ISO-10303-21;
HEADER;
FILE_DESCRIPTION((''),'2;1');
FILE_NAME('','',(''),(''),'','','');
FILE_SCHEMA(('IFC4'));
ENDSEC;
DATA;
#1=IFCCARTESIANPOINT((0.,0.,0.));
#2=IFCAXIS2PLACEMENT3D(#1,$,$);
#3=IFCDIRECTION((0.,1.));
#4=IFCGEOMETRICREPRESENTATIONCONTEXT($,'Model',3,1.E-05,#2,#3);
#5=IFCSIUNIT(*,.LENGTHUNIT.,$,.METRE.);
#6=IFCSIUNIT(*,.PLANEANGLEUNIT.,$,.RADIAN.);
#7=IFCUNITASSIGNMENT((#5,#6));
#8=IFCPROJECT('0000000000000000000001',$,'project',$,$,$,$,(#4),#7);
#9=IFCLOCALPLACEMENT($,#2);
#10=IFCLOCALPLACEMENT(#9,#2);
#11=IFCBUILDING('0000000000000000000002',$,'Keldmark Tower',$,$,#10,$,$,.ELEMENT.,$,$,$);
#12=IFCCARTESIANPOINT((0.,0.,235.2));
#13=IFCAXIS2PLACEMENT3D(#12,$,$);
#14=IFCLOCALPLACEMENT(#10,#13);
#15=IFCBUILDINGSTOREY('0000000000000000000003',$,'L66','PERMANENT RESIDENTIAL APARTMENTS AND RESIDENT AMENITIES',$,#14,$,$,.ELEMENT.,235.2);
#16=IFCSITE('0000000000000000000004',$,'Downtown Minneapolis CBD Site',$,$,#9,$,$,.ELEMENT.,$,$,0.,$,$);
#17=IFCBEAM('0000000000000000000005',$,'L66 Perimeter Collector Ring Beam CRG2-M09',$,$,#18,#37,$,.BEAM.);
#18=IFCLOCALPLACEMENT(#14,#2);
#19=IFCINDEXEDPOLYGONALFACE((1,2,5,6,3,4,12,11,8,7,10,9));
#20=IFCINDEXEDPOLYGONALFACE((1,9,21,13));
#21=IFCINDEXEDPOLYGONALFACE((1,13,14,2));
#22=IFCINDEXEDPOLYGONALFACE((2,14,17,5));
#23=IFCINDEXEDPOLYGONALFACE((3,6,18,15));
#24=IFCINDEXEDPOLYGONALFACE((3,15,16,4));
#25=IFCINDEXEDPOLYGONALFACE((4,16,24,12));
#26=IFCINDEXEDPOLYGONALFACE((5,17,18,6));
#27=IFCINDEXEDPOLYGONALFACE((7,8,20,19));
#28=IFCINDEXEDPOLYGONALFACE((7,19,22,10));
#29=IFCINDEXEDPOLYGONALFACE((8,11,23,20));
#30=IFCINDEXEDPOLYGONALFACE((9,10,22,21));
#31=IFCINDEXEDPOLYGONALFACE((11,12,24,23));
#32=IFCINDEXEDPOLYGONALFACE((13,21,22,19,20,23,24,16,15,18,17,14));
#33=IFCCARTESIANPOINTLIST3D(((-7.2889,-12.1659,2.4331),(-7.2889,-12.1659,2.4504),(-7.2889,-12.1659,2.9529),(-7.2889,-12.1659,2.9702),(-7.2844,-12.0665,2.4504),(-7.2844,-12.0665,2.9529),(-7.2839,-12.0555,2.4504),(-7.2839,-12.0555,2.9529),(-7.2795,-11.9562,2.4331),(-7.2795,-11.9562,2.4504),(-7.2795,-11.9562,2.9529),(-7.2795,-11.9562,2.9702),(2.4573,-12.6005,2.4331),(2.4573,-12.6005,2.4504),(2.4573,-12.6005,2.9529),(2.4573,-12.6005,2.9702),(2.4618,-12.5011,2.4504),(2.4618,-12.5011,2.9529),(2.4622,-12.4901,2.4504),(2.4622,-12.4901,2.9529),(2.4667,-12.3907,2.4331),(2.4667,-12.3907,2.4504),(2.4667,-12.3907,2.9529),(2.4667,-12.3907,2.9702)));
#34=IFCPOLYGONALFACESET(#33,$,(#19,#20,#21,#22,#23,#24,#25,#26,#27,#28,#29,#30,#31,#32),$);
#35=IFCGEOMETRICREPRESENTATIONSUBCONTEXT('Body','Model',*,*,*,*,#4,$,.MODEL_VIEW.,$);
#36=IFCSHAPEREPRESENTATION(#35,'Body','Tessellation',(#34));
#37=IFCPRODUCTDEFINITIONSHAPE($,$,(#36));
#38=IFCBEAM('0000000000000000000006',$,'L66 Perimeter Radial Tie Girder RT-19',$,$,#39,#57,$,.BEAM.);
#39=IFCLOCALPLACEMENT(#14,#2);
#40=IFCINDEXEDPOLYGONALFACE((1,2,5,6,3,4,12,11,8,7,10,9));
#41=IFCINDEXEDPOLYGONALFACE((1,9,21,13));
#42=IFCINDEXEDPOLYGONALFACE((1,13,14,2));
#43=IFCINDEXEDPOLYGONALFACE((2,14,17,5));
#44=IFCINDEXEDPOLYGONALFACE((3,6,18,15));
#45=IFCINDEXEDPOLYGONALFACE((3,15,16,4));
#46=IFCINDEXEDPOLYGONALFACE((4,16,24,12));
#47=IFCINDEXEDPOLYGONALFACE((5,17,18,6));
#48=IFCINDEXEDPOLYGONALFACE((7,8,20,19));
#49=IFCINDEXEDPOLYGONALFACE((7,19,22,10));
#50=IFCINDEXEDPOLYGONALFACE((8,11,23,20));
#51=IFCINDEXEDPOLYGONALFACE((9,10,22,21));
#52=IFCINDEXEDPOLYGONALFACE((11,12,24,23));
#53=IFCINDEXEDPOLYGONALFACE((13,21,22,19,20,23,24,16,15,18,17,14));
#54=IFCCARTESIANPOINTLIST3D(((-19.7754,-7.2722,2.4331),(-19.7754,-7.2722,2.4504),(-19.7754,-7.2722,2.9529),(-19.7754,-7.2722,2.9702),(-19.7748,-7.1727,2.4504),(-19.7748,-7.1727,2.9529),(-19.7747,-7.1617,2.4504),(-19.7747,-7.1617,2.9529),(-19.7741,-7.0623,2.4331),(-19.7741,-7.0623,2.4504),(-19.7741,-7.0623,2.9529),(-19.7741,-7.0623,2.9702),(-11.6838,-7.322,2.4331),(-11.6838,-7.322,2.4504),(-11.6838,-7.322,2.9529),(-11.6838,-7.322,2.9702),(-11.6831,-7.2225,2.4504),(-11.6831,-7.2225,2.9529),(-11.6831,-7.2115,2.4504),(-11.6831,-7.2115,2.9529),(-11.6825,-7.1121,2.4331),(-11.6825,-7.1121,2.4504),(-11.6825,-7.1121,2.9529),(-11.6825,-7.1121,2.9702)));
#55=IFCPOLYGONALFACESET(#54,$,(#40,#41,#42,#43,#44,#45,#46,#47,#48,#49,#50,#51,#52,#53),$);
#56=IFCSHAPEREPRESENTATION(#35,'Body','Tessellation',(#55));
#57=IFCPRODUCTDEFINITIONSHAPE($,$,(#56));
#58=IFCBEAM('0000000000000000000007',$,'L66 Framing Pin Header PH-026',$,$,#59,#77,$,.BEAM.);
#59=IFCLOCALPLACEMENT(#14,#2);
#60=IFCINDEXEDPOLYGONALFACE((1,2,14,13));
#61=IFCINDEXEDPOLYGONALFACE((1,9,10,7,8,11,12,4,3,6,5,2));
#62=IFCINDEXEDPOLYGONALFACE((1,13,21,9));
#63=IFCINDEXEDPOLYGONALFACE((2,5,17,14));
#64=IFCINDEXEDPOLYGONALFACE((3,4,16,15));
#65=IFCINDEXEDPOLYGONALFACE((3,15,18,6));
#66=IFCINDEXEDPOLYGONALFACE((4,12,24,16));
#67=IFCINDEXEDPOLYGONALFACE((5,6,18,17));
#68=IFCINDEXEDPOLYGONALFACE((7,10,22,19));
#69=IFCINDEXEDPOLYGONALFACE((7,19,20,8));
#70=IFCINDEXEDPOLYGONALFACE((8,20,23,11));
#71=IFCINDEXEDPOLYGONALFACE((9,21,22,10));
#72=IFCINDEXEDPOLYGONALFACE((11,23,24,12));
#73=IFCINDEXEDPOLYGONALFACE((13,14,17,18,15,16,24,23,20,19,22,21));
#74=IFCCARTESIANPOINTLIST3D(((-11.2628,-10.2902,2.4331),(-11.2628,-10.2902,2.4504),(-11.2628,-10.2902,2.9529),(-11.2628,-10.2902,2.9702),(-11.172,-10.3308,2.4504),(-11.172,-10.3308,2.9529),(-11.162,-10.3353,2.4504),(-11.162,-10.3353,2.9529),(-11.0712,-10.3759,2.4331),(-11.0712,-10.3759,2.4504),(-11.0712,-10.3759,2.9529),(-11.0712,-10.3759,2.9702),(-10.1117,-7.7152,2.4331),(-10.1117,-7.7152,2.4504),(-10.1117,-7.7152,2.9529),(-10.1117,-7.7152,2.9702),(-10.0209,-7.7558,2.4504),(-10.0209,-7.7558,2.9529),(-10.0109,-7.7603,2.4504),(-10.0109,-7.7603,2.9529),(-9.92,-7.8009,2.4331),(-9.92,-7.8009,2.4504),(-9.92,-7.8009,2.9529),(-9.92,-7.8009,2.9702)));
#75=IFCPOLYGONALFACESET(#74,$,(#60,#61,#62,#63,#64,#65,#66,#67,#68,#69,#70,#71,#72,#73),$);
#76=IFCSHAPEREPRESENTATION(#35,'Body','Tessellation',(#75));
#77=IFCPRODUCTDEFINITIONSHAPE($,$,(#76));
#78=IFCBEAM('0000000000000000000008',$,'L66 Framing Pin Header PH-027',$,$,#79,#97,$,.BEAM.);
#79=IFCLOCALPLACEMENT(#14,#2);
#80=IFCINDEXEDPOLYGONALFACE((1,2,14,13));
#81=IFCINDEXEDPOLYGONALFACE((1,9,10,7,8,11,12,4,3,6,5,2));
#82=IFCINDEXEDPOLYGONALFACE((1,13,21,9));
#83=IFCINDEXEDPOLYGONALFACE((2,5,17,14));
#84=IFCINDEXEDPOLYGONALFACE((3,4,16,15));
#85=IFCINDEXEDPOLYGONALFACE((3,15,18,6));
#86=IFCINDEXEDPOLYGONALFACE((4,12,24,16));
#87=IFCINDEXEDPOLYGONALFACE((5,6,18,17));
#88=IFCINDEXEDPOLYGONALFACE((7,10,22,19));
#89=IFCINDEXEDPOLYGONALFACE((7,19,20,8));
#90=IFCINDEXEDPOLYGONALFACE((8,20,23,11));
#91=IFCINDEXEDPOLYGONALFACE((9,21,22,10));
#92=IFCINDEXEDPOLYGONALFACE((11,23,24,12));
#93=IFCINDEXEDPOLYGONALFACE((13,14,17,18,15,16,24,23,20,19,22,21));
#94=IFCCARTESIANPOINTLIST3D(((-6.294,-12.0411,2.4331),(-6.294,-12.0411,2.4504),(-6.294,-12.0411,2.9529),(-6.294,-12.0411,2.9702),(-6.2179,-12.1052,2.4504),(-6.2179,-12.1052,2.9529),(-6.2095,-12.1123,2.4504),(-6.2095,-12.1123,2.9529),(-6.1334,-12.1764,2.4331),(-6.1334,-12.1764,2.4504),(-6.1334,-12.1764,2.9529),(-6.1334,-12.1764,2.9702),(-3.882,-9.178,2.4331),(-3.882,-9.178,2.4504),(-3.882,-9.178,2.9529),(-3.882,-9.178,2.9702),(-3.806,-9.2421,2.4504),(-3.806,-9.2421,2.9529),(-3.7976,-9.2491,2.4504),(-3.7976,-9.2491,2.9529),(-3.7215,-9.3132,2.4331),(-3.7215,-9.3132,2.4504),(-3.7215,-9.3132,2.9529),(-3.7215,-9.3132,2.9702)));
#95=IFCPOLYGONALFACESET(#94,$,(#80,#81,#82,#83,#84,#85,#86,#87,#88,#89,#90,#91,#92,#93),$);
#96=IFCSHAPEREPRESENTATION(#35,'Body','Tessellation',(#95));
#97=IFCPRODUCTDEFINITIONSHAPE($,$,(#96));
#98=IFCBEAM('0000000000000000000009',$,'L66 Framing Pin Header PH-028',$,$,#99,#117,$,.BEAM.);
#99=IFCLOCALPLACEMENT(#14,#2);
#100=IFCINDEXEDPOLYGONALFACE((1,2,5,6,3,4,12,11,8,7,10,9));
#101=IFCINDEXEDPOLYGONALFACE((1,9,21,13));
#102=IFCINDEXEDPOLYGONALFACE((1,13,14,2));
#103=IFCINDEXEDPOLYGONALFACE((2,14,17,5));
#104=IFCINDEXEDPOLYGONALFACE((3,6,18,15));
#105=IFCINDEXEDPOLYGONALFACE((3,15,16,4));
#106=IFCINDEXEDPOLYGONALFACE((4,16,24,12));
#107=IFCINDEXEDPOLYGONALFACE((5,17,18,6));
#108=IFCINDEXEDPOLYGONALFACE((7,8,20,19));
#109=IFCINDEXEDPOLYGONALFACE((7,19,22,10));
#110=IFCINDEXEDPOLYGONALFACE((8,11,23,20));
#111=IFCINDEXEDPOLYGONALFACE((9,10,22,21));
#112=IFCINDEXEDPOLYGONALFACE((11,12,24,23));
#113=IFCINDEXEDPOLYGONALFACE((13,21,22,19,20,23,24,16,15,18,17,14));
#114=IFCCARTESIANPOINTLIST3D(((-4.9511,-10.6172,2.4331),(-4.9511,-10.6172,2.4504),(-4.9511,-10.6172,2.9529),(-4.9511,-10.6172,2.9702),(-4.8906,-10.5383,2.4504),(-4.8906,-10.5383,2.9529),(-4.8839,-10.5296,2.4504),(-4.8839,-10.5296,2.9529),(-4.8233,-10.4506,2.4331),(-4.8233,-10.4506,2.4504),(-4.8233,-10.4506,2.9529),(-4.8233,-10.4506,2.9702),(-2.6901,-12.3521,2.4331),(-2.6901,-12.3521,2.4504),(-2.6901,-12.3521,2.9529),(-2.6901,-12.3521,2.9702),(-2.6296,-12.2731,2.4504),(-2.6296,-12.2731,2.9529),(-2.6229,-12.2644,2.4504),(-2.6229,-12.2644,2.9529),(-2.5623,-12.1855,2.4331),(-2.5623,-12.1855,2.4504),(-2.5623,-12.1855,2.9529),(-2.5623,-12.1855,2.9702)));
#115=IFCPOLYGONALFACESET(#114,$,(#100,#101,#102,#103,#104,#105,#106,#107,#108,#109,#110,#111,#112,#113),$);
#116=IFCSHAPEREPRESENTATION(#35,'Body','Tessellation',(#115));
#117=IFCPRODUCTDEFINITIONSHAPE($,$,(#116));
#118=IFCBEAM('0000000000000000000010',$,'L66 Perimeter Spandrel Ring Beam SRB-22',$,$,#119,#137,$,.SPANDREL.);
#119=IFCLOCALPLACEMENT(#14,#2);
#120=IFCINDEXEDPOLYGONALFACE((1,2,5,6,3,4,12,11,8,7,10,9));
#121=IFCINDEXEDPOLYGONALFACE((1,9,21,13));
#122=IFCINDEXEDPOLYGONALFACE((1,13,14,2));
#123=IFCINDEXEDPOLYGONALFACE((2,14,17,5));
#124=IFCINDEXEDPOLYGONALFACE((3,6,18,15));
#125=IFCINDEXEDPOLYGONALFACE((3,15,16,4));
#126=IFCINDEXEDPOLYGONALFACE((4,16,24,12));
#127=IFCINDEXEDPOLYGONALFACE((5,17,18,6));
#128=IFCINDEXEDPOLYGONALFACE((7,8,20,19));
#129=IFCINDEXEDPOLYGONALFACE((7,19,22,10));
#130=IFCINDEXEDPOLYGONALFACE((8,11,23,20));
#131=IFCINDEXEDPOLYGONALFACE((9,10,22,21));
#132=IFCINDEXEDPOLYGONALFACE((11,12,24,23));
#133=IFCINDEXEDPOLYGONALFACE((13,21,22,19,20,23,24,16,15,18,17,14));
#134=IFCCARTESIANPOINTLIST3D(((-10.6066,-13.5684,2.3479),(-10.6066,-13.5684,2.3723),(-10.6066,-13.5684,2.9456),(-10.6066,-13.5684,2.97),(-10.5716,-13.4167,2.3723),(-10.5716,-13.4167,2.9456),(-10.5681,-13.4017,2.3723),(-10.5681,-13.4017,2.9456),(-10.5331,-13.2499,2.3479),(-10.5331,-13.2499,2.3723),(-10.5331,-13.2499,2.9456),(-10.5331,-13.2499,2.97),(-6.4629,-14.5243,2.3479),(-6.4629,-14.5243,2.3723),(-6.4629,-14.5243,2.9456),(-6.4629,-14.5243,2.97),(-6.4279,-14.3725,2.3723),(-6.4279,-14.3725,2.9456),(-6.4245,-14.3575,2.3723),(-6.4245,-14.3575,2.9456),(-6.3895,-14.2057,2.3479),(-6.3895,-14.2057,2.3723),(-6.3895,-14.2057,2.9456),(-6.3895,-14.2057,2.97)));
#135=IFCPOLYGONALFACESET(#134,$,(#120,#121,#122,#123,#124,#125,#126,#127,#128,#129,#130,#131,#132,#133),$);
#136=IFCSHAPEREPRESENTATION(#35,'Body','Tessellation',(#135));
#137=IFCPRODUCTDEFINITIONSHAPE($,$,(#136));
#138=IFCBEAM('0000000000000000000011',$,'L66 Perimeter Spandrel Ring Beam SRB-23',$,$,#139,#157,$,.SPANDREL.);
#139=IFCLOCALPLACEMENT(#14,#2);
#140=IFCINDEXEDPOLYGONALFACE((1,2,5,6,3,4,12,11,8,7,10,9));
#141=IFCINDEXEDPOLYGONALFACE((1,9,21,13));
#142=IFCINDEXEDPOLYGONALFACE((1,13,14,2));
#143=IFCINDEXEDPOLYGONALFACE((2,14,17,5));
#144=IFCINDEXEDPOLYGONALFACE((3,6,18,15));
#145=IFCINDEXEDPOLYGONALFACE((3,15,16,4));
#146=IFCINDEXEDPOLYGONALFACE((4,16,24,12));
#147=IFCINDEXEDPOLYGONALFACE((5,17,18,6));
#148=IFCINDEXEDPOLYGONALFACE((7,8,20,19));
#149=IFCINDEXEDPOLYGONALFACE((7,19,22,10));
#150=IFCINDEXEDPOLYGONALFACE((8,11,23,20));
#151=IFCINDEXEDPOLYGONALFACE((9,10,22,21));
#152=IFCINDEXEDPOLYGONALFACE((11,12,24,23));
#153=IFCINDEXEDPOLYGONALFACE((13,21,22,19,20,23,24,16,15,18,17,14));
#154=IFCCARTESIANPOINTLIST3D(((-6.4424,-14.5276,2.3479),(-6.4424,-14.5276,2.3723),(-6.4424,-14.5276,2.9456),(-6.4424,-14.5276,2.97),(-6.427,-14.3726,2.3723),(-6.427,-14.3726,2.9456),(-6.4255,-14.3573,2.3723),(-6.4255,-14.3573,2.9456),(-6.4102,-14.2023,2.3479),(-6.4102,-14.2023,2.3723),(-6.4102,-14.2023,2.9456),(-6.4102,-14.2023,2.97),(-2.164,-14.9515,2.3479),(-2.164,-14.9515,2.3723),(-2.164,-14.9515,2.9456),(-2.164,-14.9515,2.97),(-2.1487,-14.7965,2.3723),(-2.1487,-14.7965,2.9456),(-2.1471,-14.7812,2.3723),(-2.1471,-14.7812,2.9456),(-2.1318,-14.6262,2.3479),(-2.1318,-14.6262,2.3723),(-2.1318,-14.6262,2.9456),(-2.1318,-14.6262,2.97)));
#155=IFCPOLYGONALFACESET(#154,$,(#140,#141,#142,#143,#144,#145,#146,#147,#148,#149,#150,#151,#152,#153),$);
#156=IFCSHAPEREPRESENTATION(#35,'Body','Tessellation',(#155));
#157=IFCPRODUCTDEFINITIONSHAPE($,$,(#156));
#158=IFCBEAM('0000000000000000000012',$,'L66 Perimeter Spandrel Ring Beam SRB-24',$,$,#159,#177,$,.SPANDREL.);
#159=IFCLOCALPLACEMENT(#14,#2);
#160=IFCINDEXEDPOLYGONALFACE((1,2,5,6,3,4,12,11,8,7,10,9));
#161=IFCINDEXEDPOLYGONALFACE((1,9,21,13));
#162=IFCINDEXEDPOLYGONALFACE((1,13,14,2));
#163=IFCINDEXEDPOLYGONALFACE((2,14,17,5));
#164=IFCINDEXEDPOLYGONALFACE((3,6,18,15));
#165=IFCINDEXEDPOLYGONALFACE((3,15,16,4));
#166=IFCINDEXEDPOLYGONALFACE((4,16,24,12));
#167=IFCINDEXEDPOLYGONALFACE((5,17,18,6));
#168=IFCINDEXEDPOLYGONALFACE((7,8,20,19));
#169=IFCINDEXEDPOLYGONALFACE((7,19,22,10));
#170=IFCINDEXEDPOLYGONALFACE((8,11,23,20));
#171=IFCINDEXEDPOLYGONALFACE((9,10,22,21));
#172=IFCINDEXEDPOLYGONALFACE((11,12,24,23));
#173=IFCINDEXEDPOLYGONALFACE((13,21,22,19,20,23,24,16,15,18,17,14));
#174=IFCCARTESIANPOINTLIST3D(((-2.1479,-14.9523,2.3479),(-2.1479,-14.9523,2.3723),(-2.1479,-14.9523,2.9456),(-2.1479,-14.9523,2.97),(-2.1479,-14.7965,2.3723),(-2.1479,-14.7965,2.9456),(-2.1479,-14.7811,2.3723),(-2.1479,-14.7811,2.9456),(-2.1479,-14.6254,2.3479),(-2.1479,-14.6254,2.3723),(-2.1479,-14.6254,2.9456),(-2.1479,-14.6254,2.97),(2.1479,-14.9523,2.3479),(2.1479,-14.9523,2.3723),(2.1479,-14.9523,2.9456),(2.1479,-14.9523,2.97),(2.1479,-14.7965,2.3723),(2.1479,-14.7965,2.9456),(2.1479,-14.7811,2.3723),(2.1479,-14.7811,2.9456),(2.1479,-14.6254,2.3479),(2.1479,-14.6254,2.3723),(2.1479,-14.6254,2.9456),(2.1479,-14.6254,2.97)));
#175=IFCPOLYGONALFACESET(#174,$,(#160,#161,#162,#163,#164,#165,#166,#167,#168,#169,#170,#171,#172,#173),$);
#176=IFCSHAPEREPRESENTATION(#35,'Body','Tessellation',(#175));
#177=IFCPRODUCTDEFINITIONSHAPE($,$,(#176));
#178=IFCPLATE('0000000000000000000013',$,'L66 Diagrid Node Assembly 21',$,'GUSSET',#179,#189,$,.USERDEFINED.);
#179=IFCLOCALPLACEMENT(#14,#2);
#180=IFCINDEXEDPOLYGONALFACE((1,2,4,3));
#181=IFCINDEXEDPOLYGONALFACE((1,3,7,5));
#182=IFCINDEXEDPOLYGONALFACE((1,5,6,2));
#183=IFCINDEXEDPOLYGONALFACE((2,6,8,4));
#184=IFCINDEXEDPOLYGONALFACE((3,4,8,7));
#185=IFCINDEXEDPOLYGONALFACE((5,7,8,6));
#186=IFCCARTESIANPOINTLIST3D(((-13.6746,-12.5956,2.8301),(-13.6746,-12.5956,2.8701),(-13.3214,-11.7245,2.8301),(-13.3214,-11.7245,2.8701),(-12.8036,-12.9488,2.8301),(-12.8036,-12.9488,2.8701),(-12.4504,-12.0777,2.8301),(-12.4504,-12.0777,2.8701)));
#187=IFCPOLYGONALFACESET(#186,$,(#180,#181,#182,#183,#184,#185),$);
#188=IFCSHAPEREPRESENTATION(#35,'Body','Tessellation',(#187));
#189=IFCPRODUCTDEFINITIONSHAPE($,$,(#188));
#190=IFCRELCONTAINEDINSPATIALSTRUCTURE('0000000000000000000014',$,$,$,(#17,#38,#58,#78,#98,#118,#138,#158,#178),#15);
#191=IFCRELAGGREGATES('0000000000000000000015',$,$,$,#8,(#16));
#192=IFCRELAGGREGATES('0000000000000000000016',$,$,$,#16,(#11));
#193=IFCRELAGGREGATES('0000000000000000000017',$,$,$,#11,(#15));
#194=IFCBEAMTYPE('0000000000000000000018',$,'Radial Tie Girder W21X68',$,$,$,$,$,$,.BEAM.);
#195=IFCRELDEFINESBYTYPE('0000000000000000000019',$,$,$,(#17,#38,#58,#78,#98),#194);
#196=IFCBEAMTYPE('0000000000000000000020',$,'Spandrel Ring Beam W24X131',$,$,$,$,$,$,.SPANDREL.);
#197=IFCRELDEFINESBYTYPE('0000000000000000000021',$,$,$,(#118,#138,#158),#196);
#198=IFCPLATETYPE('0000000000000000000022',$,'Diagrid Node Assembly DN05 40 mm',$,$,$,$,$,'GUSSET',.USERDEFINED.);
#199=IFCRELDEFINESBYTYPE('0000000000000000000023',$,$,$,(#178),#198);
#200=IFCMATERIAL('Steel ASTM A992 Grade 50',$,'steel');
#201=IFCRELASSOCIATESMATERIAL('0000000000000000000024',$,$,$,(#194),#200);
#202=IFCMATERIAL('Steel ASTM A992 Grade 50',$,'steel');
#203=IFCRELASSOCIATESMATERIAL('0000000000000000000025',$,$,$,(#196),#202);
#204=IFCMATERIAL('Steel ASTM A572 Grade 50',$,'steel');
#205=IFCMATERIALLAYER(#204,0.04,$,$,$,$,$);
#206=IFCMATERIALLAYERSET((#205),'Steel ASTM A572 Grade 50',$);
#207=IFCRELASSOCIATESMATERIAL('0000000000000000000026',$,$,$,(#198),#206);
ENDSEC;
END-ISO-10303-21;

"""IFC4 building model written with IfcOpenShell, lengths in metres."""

from ifc_helpers import new_model, si_unit, direction, frame, origin, origin_2d, place, context, subcontext, project, spatial, rectangle, i_section, extrude, material, layer, layer_set, material_profile, profile_set, type_object, element, save


model = new_model("IFC4")

# Units and contexts
model_context = context("Model", 3, precision=1e-05, world=origin(), true_north=direction((0.0, 1.0)))
body_context = subcontext(model_context, "Body", "Model", "MODEL_VIEW")
ifc_project = project(units=[si_unit("LENGTHUNIT", "METRE"), si_unit("PLANEANGLEUNIT", "RADIAN")], contexts=[model_context])

# Site, building, storey
site_placement = place(None, origin())
site = spatial("IfcSite", under=ifc_project, at=site_placement, Name="Downtown Minneapolis CBD Site", CompositionType="ELEMENT", RefElevation=0.0)
building_placement = place(site_placement, origin())
building = spatial("IfcBuilding", under=site, at=building_placement, Name="Keldmark Tower", CompositionType="ELEMENT")
storey_placement = place(building_placement, frame((0.0, 0.0, 235.2)))
storey = spatial("IfcBuildingStorey", under=building, at=storey_placement, Name="L66", Description="PERMANENT RESIDENTIAL APARTMENTS AND RESIDENT AMENITIES", CompositionType="ELEMENT", Elevation=235.2)

# Beams
ifc_material_1 = material(Name="Steel ASTM A992 Grade 50", Category="steel")
ifc_material_profile_1 = material_profile(ifc_material_1, i_section(OverallWidth=0.21, OverallDepth=0.5371, WebThickness=0.011, FlangeThickness=0.0173, at=origin_2d()), Name="W21X68")
ifc_profile_set_1 = profile_set([ifc_material_profile_1], Name="Steel ASTM A992 Grade 50")
beam_type_1 = type_object("IfcBeamType", Name="Radial Tie Girder W21X68", PredefinedType="BEAM", material=ifc_profile_set_1)
beam_1_placement = place(storey_placement, frame((-7.2842, -12.061, 2.7017), z_axis=(0.999007, -0.044545, 0.0), x_axis=(0.044545, 0.999007, 0.0)))
element("IfcBeam", 1, at=beam_1_placement, inside=storey, type_object=beam_type_1, Name="L66 Perimeter Collector Ring Beam CRG2-M09", PredefinedType="BEAM", context=body_context, shape_type="SweptSolid", body=[
    extrude(i_section(OverallWidth=0.21, OverallDepth=0.5371, WebThickness=0.011, FlangeThickness=0.0173, at=origin_2d()), origin(), (0.0, 0.0, 1.0), 9.7559),
])
beam_2_placement = place(storey_placement, frame((-11.6831, -7.217, 2.7017), z_axis=(-0.999981, 0.006155, 0.0), x_axis=(-0.006155, -0.999981, 0.0)))
element("IfcBeam", 2, at=beam_2_placement, inside=storey, type_object=beam_type_1, Name="L66 Perimeter Radial Tie Girder RT-19", PredefinedType="BEAM", context=body_context, shape_type="SweptSolid", body=[
    extrude(i_section(OverallWidth=0.21, OverallDepth=0.5371, WebThickness=0.011, FlangeThickness=0.0173, at=origin_2d()), origin(), (0.0, 0.0, 1.0), 8.0918),
])
beam_3_placement = place(storey_placement, frame((-10.0159, -7.7581, 2.7017), z_axis=(-0.408121, -0.912928, 0.0), x_axis=(0.912928, -0.408121, 0.0)))
element("IfcBeam", 3, at=beam_3_placement, inside=storey, type_object=beam_type_1, Name="L66 Framing Pin Header PH-026", PredefinedType="BEAM", context=body_context, shape_type="SweptSolid", body=[
    extrude(i_section(OverallWidth=0.21, OverallDepth=0.5371, WebThickness=0.011, FlangeThickness=0.0173, at=origin_2d()), origin(), (0.0, 0.0, 1.0), 2.8206),
])
beam_4_placement = place(storey_placement, frame((-3.8018, -9.2456, 2.7017), z_axis=(-0.644274, -0.764794, 0.0), x_axis=(0.764794, -0.644274, 0.0)))
element("IfcBeam", 4, at=beam_4_placement, inside=storey, type_object=beam_type_1, Name="L66 Framing Pin Header PH-027", PredefinedType="BEAM", context=body_context, shape_type="SweptSolid", body=[
    extrude(i_section(OverallWidth=0.21, OverallDepth=0.5371, WebThickness=0.011, FlangeThickness=0.0173, at=origin_2d()), origin(), (0.0, 0.0, 1.0), 3.7437),
])
beam_5_placement = place(storey_placement, frame((-4.8872, -10.5339, 2.7017), z_axis=(0.793362, -0.60875, 0.0), x_axis=(0.60875, 0.793362, 0.0)))
element("IfcBeam", 5, at=beam_5_placement, inside=storey, type_object=beam_type_1, Name="L66 Framing Pin Header PH-028", PredefinedType="BEAM", context=body_context, shape_type="SweptSolid", body=[
    extrude(i_section(OverallWidth=0.21, OverallDepth=0.5371, WebThickness=0.011, FlangeThickness=0.0173, at=origin_2d()), origin(), (0.0, 0.0, 1.0), 2.8499),
])
ifc_material_2 = material(Name="Steel ASTM A992 Grade 50", Category="steel")
ifc_material_profile_2 = material_profile(ifc_material_2, i_section(OverallWidth=0.3269, OverallDepth=0.6221, WebThickness=0.0154, FlangeThickness=0.0244, at=origin_2d()), Name="W24X131")
ifc_profile_set_2 = profile_set([ifc_material_profile_2], Name="Steel ASTM A992 Grade 50")
beam_type_2 = type_object("IfcBeamType", Name="Spandrel Ring Beam W24X131", PredefinedType="SPANDREL", material=ifc_profile_set_2)
beam_6_placement = place(storey_placement, frame((-10.5698, -13.4092, 2.6589), z_axis=(0.974412, -0.224771, 0.0), x_axis=(0.224771, 0.974412, 0.0)))
element("IfcBeam", 6, at=beam_6_placement, inside=storey, type_object=beam_type_2, Name="L66 Perimeter Spandrel Ring Beam SRB-22", PredefinedType="SPANDREL", context=body_context, shape_type="SweptSolid", body=[
    extrude(i_section(OverallWidth=0.3269, OverallDepth=0.6221, WebThickness=0.0154, FlangeThickness=0.0244, at=origin_2d()), origin(), (0.0, 0.0, 1.0), 4.2524),
])
beam_7_placement = place(storey_placement, frame((-6.4263, -14.365, 2.6589), z_axis=(0.995129, -0.098582, 0.0), x_axis=(0.098582, 0.995129, 0.0)))
element("IfcBeam", 7, at=beam_7_placement, inside=storey, type_object=beam_type_2, Name="L66 Perimeter Spandrel Ring Beam SRB-23", PredefinedType="SPANDREL", context=body_context, shape_type="SweptSolid", body=[
    extrude(i_section(OverallWidth=0.3269, OverallDepth=0.6221, WebThickness=0.0154, FlangeThickness=0.0244, at=origin_2d()), origin(), (0.0, 0.0, 1.0), 4.2993),
])
beam_8_placement = place(storey_placement, frame((-2.1479, -14.7888, 2.6589), z_axis=(1.0, 0.0, 0.0), x_axis=(0.0, 1.0, 0.0)))
element("IfcBeam", 8, at=beam_8_placement, inside=storey, type_object=beam_type_2, Name="L66 Perimeter Spandrel Ring Beam SRB-24", PredefinedType="SPANDREL", context=body_context, shape_type="SweptSolid", body=[
    extrude(i_section(OverallWidth=0.3269, OverallDepth=0.6221, WebThickness=0.0154, FlangeThickness=0.0244, at=origin_2d()), origin(), (0.0, 0.0, 1.0), 4.2959),
])

# Plate
ifc_material_3 = material(Name="Steel ASTM A572 Grade 50", Category="steel")
ifc_layer_1 = layer(ifc_material_3, 0.04)
ifc_layer_set_1 = layer_set([ifc_layer_1], Name="Steel ASTM A572 Grade 50")
plate_type = type_object("IfcPlateType", Name="Diagrid Node Assembly DN05 40 mm", ElementType="GUSSET", PredefinedType="USERDEFINED", material=ifc_layer_set_1)
for number, where, z_axis, x_axis, name in (
    (9, (-13.0625, -12.3367, 2.8301), (0.0, 0.0, 1.0), (0.926725, -0.375739, 0.0), "L66 Diagrid Node Assembly 21"),
):
    element("IfcPlate", number, at=place(storey_placement, frame(where, z_axis=z_axis, x_axis=x_axis)), inside=storey, type_object=plate_type, Name=name, ObjectType="GUSSET", PredefinedType="USERDEFINED", context=body_context, shape_type="SweptSolid", body=[
        extrude(rectangle(XDim=0.9399, YDim=0.9399, at=origin_2d()), origin(), (0.0, 0.0, 1.0), 0.04),
    ])

save(model, "model.ifc")
